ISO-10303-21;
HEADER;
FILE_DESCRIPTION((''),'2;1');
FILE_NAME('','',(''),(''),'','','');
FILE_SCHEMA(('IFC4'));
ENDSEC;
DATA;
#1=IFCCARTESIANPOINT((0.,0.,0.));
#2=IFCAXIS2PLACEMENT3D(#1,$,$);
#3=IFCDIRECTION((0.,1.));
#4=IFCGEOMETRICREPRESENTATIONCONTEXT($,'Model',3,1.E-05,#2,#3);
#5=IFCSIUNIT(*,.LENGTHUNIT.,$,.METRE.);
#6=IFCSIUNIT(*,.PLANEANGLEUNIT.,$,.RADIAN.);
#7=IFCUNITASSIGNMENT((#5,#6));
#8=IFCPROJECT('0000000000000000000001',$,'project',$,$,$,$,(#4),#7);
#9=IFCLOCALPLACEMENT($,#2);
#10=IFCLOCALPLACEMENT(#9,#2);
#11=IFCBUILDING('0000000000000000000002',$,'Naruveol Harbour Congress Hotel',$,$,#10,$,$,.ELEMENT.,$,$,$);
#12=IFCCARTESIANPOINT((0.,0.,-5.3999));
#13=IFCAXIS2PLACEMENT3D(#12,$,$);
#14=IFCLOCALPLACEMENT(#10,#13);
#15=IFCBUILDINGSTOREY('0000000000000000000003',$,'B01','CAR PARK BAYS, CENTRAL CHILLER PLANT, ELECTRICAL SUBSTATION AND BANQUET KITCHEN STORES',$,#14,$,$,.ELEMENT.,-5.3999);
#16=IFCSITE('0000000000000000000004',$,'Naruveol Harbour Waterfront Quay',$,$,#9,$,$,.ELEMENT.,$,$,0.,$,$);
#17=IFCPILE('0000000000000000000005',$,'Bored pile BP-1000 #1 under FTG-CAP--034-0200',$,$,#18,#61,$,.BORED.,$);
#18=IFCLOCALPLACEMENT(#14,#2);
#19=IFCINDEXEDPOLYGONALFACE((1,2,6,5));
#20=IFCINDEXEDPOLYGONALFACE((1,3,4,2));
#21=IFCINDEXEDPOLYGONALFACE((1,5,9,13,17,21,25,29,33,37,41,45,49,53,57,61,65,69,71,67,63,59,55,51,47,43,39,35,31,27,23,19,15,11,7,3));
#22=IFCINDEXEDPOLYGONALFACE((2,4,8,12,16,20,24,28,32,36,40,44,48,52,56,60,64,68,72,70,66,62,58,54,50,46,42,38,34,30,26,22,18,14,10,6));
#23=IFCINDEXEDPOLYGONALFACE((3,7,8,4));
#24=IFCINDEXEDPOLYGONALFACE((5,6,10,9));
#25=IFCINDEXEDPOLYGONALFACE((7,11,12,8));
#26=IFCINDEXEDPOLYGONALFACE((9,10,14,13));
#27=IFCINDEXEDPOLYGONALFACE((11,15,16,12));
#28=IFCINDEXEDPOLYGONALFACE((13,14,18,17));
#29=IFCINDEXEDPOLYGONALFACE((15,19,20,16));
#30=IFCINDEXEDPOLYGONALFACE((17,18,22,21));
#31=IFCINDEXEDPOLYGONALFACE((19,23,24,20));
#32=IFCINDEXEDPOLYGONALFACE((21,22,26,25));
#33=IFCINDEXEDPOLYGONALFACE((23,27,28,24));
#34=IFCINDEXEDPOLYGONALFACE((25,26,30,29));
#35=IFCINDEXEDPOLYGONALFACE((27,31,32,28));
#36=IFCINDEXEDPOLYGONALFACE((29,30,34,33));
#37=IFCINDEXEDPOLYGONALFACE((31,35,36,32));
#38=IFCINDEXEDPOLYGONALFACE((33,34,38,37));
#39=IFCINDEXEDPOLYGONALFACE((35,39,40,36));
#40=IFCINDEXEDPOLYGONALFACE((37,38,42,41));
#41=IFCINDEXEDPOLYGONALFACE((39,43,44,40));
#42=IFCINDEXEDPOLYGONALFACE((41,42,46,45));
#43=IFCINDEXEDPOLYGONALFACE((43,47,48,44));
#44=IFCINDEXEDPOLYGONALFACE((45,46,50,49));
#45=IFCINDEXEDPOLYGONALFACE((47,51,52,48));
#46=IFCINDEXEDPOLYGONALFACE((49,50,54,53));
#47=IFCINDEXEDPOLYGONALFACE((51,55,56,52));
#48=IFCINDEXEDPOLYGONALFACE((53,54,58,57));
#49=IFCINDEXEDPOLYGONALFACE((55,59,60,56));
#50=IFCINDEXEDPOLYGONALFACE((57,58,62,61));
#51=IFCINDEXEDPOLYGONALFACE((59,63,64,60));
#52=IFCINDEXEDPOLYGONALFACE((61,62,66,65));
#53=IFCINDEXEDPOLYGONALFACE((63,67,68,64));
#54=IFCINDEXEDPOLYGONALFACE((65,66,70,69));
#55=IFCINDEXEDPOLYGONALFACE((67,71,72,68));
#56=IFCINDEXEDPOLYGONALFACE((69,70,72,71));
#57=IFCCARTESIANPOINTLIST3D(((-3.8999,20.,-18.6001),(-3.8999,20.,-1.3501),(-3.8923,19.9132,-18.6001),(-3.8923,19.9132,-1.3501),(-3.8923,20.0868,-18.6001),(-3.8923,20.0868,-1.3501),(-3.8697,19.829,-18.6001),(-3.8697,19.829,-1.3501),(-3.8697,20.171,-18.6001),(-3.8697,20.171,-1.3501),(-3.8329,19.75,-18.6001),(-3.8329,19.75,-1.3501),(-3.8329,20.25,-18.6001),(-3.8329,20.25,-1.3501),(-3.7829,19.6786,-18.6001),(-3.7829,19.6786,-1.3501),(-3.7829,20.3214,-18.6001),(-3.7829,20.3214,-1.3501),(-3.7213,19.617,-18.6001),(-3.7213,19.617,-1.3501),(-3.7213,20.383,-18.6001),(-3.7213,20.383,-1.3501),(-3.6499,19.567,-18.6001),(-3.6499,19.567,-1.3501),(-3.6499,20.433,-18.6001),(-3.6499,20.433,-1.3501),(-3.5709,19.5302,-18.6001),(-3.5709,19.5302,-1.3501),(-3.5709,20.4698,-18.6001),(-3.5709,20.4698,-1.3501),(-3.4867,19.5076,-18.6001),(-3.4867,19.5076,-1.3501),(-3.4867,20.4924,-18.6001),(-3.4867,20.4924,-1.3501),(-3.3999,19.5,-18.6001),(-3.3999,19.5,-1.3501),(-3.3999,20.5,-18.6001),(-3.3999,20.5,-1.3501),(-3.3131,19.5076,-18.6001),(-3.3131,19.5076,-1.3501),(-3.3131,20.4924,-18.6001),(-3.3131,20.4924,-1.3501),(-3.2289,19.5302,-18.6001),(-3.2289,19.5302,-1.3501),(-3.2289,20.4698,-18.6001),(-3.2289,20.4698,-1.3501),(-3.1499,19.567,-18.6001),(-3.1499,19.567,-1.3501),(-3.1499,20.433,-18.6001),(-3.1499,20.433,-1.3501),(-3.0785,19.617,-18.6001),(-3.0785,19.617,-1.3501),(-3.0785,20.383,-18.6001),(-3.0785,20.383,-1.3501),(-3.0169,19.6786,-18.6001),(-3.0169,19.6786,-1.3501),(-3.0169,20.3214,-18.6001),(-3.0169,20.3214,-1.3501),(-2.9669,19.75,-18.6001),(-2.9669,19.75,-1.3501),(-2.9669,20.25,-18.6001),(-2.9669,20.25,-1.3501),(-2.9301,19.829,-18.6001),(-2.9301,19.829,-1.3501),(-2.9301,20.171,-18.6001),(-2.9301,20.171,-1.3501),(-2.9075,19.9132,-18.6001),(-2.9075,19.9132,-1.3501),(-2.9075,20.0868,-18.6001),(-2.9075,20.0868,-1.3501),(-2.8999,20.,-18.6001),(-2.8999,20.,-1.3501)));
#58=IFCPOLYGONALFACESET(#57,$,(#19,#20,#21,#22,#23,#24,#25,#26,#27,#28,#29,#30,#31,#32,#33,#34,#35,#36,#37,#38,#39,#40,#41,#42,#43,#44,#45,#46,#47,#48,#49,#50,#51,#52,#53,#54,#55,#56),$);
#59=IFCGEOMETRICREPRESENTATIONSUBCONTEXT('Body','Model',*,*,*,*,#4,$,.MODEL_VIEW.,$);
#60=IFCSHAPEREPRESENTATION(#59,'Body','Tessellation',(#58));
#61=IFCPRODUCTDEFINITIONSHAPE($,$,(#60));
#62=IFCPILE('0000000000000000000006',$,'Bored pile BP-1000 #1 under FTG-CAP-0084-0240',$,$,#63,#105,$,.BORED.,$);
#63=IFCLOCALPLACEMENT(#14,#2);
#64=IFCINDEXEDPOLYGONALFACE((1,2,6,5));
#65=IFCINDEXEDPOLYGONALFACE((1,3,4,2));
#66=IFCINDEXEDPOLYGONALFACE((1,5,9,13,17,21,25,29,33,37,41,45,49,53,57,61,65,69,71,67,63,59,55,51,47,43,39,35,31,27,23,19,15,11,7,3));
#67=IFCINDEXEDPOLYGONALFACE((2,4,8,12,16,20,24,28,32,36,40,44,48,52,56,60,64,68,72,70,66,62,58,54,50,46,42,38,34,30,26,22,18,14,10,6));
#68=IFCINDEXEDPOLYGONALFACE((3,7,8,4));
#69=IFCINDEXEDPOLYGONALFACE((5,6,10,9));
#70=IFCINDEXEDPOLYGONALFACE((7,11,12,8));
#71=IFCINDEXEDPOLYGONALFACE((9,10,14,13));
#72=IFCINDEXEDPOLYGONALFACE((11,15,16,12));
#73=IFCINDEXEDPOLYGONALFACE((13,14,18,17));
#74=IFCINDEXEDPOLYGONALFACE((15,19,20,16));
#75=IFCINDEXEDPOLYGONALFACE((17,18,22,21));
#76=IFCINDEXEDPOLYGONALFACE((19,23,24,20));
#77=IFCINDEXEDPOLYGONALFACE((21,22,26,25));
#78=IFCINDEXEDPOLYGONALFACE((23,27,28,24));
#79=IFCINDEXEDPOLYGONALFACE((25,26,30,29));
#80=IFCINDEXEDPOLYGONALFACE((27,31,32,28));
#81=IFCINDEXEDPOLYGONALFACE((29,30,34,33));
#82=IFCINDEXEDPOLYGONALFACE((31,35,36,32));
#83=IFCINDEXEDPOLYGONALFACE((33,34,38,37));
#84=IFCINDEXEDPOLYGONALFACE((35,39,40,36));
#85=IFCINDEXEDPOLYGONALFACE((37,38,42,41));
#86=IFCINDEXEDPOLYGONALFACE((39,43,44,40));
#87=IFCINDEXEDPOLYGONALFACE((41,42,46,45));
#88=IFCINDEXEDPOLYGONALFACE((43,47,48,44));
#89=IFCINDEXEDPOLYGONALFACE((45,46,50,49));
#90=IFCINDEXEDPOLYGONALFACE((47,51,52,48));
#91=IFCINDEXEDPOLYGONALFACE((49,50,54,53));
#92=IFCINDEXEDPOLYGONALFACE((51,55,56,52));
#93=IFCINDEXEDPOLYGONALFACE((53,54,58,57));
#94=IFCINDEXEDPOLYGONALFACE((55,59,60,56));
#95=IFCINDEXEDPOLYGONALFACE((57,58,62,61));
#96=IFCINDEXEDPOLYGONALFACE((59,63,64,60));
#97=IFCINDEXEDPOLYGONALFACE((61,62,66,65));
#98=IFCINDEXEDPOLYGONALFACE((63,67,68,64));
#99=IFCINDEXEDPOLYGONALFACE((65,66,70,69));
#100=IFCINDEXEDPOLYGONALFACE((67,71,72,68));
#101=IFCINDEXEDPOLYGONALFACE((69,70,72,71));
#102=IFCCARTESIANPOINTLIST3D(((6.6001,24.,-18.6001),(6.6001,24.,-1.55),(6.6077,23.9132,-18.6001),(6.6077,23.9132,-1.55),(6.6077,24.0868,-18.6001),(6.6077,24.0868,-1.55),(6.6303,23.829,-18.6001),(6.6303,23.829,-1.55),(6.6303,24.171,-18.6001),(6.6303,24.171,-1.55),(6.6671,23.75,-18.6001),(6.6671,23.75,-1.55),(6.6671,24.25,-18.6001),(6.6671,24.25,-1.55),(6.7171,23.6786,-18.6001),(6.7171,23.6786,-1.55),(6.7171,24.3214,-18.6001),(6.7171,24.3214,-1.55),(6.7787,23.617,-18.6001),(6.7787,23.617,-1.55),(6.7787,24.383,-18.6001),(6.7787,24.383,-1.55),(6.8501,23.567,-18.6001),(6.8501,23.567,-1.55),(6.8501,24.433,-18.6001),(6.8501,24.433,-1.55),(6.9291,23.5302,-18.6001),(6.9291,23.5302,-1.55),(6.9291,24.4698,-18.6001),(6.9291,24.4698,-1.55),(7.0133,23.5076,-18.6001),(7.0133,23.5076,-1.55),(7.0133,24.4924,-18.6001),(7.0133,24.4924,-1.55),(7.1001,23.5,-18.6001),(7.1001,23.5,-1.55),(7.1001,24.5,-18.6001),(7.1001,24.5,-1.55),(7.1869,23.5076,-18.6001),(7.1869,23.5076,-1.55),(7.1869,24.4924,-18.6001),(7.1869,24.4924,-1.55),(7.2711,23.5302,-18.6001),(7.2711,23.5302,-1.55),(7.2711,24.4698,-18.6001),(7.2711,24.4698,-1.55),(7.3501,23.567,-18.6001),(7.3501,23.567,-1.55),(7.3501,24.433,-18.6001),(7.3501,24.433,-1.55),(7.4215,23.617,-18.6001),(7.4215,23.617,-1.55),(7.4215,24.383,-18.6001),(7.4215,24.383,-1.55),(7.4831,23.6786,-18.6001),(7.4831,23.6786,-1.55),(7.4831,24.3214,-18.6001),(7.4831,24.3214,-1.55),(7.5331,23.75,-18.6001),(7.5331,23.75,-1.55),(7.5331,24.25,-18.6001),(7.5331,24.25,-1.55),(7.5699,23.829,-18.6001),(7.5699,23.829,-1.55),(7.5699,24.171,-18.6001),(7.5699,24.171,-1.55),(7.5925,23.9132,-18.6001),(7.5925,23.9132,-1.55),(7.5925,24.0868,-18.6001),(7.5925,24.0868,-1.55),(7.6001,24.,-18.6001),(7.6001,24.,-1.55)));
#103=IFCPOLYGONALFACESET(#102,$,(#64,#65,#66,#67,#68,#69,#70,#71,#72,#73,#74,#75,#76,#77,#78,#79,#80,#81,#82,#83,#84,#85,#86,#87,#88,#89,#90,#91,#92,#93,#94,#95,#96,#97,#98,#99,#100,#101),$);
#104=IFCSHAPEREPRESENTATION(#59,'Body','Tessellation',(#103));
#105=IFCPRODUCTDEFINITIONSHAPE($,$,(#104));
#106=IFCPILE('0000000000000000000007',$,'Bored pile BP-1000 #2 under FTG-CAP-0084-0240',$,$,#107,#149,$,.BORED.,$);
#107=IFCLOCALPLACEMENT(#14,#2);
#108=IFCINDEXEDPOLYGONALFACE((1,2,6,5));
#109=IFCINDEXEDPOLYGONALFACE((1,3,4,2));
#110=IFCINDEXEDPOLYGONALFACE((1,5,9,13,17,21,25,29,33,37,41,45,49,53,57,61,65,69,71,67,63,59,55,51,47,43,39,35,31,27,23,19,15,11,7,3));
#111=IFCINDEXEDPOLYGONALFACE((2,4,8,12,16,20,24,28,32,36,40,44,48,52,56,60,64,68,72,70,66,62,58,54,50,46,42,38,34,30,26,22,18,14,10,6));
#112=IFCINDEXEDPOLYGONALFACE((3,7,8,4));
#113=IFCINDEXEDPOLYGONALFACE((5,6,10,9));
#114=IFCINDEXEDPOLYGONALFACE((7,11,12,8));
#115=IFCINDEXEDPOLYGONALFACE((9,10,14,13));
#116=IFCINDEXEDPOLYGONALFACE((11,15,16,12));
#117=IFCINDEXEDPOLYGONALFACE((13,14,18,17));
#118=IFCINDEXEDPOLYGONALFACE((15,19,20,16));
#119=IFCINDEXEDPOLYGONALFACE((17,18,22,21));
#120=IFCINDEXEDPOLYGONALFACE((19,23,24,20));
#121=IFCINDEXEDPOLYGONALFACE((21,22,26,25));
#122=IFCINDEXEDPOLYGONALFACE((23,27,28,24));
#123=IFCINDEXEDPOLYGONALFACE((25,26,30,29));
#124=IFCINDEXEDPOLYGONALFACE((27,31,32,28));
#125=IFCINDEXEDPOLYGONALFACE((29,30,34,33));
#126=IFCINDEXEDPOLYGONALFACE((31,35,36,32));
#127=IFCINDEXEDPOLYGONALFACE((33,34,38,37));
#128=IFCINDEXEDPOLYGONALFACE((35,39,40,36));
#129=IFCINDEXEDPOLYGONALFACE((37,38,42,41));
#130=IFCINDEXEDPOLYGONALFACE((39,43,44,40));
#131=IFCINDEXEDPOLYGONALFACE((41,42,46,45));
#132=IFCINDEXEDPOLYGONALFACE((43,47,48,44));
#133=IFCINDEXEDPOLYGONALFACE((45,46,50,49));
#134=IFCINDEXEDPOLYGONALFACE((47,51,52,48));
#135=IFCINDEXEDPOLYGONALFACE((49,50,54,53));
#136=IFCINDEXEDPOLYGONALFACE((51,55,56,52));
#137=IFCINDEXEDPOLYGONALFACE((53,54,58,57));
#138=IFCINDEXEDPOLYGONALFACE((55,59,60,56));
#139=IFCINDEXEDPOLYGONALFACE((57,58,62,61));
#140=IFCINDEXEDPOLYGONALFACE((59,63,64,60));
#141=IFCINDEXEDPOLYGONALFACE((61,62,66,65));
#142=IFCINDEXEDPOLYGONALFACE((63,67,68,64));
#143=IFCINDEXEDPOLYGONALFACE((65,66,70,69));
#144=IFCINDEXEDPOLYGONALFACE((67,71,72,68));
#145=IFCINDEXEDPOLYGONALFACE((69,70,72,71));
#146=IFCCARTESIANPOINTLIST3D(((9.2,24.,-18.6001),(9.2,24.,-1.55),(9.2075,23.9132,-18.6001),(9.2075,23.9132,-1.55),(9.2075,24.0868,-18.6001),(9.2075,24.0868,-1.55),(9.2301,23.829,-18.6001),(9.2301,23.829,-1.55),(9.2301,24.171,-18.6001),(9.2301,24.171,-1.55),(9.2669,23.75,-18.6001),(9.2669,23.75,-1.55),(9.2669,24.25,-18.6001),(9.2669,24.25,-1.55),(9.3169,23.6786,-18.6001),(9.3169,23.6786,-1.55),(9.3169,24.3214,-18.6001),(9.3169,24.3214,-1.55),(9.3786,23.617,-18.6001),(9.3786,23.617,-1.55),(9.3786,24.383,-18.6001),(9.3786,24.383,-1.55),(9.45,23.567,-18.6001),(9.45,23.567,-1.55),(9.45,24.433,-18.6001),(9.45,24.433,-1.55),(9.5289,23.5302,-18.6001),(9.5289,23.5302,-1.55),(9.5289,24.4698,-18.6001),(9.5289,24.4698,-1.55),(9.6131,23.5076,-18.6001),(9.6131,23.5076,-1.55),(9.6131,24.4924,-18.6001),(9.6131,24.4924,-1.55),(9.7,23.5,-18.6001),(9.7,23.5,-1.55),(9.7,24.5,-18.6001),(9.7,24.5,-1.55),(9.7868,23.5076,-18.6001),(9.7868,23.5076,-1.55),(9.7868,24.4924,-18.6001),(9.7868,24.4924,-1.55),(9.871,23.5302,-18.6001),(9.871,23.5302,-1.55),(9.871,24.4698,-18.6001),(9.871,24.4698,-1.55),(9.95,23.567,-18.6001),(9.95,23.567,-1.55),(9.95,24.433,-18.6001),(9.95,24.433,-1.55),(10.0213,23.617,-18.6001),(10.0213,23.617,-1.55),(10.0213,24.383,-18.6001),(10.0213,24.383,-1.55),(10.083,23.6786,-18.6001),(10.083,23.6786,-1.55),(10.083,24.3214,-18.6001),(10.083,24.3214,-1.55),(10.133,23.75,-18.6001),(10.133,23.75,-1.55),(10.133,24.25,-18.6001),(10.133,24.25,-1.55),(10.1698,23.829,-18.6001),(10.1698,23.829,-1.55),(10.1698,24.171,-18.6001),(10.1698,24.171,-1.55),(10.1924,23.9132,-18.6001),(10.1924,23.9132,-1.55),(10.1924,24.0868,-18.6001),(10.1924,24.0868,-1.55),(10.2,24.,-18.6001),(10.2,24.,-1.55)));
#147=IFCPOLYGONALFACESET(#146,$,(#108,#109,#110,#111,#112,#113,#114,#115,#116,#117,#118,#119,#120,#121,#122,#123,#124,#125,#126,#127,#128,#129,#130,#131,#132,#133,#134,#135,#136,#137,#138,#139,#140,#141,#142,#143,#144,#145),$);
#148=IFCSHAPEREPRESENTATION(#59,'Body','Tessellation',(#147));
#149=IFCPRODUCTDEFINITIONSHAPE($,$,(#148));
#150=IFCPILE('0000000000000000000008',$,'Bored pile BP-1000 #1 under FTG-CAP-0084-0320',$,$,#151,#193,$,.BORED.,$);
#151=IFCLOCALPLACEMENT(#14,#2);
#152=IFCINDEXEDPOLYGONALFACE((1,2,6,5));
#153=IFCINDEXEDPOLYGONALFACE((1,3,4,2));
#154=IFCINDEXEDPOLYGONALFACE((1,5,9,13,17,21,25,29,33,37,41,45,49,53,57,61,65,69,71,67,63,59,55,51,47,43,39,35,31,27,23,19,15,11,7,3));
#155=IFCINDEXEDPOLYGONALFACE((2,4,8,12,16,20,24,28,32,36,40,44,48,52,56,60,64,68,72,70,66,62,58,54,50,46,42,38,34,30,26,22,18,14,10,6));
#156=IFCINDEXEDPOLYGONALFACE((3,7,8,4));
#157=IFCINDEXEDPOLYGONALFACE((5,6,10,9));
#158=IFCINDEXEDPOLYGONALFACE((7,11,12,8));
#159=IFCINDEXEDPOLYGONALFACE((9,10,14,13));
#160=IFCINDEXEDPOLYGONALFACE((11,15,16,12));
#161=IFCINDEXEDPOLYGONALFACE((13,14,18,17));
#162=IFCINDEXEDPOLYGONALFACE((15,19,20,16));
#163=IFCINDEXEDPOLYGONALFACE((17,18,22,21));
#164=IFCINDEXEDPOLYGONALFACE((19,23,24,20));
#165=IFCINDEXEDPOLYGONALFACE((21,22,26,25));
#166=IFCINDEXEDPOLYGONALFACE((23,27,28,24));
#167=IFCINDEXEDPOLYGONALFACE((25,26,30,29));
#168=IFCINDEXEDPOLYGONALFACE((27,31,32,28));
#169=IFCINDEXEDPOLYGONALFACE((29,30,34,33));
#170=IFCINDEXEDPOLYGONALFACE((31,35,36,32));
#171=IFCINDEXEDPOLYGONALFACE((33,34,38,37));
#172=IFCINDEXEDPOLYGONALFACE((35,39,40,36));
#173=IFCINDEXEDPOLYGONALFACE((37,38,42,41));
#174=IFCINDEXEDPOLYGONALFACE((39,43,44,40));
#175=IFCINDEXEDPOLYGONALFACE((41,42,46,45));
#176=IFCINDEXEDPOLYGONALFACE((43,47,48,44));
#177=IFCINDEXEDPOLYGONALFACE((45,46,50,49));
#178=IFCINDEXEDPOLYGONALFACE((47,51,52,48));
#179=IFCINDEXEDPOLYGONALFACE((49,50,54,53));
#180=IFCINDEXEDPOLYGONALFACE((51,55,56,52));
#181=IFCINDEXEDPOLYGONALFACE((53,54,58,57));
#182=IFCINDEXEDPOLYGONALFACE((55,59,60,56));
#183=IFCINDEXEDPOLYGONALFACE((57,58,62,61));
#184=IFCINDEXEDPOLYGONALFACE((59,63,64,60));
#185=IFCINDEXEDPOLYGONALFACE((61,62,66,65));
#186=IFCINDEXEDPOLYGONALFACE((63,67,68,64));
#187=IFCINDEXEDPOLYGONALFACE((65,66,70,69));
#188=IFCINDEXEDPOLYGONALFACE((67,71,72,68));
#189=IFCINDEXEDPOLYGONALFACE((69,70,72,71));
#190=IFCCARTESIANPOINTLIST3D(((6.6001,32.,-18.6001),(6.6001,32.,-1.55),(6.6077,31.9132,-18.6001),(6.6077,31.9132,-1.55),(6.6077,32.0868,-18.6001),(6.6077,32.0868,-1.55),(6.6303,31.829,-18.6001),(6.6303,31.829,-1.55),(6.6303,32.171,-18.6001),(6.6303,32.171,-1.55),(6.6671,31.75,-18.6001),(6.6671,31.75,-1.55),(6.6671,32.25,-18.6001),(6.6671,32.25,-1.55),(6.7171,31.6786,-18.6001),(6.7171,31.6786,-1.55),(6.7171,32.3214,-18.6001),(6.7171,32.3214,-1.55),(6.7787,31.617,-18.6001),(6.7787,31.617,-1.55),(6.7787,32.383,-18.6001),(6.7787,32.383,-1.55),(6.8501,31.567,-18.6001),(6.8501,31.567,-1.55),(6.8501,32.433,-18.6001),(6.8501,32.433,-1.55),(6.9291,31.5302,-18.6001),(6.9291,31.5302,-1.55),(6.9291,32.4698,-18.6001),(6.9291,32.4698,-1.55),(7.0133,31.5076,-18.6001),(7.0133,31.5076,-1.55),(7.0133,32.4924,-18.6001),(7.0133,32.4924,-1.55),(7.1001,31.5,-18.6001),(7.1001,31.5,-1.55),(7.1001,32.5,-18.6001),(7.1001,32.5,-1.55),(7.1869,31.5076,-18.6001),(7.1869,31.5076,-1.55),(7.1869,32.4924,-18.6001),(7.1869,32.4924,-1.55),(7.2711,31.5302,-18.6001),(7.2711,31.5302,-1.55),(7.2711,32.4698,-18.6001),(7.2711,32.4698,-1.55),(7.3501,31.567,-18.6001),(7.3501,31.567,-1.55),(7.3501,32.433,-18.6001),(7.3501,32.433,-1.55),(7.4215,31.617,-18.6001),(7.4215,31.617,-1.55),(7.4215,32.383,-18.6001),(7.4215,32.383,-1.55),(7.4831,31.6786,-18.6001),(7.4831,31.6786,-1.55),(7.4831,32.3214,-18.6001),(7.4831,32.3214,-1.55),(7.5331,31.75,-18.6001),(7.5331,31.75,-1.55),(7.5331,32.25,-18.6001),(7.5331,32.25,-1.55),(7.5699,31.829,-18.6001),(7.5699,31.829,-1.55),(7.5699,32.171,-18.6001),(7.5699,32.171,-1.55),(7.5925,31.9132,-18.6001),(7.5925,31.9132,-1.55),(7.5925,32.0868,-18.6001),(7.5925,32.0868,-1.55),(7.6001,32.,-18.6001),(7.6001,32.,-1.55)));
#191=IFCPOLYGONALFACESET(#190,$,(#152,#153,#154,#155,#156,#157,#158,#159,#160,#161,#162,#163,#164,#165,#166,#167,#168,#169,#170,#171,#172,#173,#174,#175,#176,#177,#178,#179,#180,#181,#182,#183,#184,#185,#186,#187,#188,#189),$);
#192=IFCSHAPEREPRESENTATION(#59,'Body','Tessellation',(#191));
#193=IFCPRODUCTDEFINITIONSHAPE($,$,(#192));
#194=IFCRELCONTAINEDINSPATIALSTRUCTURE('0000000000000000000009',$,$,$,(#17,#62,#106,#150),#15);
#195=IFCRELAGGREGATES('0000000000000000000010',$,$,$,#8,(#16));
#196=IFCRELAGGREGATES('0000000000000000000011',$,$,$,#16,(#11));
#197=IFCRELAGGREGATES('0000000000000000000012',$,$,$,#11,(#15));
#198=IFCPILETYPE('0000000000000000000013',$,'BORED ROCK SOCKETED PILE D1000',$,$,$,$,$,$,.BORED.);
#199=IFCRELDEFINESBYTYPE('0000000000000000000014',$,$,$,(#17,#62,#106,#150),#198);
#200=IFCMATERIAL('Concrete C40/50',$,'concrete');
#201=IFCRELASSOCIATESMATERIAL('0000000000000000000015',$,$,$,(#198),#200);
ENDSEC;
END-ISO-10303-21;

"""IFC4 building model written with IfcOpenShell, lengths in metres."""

from ifc_helpers import new_model, si_unit, direction, frame, origin, origin_2d, place, context, subcontext, project, spatial, circle, extrude, material, material_profile, profile_set, type_object, element, save


model = new_model("IFC4")

# Units and contexts
model_context = context("Model", 3, precision=1e-05, world=origin(), true_north=direction((0.0, 1.0)))
body_context = subcontext(model_context, "Body", "Model", "MODEL_VIEW")
ifc_project = project(units=[si_unit("LENGTHUNIT", "METRE"), si_unit("PLANEANGLEUNIT", "RADIAN")], contexts=[model_context])

# Site, building, storey
site_placement = place(None, origin())
site = spatial("IfcSite", under=ifc_project, at=site_placement, Name="Naruveol Harbour Waterfront Quay", CompositionType="ELEMENT", RefElevation=0.0)
building_placement = place(site_placement, origin())
building = spatial("IfcBuilding", under=site, at=building_placement, Name="Naruveol Harbour Congress Hotel", CompositionType="ELEMENT")
storey_placement = place(building_placement, frame((0.0, 0.0, -5.3999)))
storey = spatial("IfcBuildingStorey", under=building, at=storey_placement, Name="B01", Description="CAR PARK BAYS, CENTRAL CHILLER PLANT, ELECTRICAL SUBSTATION AND BANQUET KITCHEN STORES", CompositionType="ELEMENT", Elevation=-5.3999)

# Piles
ifc_material_1 = material(Name="Concrete C40/50", Category="concrete")
ifc_material_profile_1 = material_profile(ifc_material_1, circle(Radius=0.5, at=origin_2d()), Name="BP-1000")
ifc_profile_set_1 = profile_set([ifc_material_profile_1], Name="Concrete C40/50")
pile_type_1 = type_object("IfcPileType", Name="BORED ROCK SOCKETED PILE D1000", PredefinedType="BORED", material=ifc_profile_set_1)
pile_placement = place(storey_placement, frame((-3.3999, 20.0, -1.3501), z_axis=(0.0, 0.0, -1.0), x_axis=(1.0, 0.0, 0.0)))
element("IfcPile", 1, at=pile_placement, inside=storey, type_object=pile_type_1, Name="Bored pile BP-1000 #1 under FTG-CAP--034-0200", PredefinedType="BORED", context=body_context, shape_type="SweptSolid", body=[
    extrude(circle(Radius=0.5, at=origin_2d()), origin(), (0.0, 0.0, 1.0), 17.25),
])
for number, where, z_axis, x_axis, name in (
    (2, (7.1001, 24.0, -1.55), (0.0, 0.0, -1.0), (1.0, 0.0, 0.0), "Bored pile BP-1000 #1 under FTG-CAP-0084-0240"),
    (3, (9.7, 24.0, -1.55), (0.0, 0.0, -1.0), (1.0, 0.0, 0.0), "Bored pile BP-1000 #2 under FTG-CAP-0084-0240"),
    (4, (7.1001, 32.0, -1.55), (0.0, 0.0, -1.0), (1.0, 0.0, 0.0), "Bored pile BP-1000 #1 under FTG-CAP-0084-0320"),
):
    element("IfcPile", number, at=place(storey_placement, frame(where, z_axis=z_axis, x_axis=x_axis)), inside=storey, type_object=pile_type_1, Name=name, PredefinedType="BORED", context=body_context, shape_type="SweptSolid", body=[
        extrude(circle(Radius=0.5, at=origin_2d()), origin(), (0.0, 0.0, 1.0), 17.05),
    ])

save(model, "model.ifc")
